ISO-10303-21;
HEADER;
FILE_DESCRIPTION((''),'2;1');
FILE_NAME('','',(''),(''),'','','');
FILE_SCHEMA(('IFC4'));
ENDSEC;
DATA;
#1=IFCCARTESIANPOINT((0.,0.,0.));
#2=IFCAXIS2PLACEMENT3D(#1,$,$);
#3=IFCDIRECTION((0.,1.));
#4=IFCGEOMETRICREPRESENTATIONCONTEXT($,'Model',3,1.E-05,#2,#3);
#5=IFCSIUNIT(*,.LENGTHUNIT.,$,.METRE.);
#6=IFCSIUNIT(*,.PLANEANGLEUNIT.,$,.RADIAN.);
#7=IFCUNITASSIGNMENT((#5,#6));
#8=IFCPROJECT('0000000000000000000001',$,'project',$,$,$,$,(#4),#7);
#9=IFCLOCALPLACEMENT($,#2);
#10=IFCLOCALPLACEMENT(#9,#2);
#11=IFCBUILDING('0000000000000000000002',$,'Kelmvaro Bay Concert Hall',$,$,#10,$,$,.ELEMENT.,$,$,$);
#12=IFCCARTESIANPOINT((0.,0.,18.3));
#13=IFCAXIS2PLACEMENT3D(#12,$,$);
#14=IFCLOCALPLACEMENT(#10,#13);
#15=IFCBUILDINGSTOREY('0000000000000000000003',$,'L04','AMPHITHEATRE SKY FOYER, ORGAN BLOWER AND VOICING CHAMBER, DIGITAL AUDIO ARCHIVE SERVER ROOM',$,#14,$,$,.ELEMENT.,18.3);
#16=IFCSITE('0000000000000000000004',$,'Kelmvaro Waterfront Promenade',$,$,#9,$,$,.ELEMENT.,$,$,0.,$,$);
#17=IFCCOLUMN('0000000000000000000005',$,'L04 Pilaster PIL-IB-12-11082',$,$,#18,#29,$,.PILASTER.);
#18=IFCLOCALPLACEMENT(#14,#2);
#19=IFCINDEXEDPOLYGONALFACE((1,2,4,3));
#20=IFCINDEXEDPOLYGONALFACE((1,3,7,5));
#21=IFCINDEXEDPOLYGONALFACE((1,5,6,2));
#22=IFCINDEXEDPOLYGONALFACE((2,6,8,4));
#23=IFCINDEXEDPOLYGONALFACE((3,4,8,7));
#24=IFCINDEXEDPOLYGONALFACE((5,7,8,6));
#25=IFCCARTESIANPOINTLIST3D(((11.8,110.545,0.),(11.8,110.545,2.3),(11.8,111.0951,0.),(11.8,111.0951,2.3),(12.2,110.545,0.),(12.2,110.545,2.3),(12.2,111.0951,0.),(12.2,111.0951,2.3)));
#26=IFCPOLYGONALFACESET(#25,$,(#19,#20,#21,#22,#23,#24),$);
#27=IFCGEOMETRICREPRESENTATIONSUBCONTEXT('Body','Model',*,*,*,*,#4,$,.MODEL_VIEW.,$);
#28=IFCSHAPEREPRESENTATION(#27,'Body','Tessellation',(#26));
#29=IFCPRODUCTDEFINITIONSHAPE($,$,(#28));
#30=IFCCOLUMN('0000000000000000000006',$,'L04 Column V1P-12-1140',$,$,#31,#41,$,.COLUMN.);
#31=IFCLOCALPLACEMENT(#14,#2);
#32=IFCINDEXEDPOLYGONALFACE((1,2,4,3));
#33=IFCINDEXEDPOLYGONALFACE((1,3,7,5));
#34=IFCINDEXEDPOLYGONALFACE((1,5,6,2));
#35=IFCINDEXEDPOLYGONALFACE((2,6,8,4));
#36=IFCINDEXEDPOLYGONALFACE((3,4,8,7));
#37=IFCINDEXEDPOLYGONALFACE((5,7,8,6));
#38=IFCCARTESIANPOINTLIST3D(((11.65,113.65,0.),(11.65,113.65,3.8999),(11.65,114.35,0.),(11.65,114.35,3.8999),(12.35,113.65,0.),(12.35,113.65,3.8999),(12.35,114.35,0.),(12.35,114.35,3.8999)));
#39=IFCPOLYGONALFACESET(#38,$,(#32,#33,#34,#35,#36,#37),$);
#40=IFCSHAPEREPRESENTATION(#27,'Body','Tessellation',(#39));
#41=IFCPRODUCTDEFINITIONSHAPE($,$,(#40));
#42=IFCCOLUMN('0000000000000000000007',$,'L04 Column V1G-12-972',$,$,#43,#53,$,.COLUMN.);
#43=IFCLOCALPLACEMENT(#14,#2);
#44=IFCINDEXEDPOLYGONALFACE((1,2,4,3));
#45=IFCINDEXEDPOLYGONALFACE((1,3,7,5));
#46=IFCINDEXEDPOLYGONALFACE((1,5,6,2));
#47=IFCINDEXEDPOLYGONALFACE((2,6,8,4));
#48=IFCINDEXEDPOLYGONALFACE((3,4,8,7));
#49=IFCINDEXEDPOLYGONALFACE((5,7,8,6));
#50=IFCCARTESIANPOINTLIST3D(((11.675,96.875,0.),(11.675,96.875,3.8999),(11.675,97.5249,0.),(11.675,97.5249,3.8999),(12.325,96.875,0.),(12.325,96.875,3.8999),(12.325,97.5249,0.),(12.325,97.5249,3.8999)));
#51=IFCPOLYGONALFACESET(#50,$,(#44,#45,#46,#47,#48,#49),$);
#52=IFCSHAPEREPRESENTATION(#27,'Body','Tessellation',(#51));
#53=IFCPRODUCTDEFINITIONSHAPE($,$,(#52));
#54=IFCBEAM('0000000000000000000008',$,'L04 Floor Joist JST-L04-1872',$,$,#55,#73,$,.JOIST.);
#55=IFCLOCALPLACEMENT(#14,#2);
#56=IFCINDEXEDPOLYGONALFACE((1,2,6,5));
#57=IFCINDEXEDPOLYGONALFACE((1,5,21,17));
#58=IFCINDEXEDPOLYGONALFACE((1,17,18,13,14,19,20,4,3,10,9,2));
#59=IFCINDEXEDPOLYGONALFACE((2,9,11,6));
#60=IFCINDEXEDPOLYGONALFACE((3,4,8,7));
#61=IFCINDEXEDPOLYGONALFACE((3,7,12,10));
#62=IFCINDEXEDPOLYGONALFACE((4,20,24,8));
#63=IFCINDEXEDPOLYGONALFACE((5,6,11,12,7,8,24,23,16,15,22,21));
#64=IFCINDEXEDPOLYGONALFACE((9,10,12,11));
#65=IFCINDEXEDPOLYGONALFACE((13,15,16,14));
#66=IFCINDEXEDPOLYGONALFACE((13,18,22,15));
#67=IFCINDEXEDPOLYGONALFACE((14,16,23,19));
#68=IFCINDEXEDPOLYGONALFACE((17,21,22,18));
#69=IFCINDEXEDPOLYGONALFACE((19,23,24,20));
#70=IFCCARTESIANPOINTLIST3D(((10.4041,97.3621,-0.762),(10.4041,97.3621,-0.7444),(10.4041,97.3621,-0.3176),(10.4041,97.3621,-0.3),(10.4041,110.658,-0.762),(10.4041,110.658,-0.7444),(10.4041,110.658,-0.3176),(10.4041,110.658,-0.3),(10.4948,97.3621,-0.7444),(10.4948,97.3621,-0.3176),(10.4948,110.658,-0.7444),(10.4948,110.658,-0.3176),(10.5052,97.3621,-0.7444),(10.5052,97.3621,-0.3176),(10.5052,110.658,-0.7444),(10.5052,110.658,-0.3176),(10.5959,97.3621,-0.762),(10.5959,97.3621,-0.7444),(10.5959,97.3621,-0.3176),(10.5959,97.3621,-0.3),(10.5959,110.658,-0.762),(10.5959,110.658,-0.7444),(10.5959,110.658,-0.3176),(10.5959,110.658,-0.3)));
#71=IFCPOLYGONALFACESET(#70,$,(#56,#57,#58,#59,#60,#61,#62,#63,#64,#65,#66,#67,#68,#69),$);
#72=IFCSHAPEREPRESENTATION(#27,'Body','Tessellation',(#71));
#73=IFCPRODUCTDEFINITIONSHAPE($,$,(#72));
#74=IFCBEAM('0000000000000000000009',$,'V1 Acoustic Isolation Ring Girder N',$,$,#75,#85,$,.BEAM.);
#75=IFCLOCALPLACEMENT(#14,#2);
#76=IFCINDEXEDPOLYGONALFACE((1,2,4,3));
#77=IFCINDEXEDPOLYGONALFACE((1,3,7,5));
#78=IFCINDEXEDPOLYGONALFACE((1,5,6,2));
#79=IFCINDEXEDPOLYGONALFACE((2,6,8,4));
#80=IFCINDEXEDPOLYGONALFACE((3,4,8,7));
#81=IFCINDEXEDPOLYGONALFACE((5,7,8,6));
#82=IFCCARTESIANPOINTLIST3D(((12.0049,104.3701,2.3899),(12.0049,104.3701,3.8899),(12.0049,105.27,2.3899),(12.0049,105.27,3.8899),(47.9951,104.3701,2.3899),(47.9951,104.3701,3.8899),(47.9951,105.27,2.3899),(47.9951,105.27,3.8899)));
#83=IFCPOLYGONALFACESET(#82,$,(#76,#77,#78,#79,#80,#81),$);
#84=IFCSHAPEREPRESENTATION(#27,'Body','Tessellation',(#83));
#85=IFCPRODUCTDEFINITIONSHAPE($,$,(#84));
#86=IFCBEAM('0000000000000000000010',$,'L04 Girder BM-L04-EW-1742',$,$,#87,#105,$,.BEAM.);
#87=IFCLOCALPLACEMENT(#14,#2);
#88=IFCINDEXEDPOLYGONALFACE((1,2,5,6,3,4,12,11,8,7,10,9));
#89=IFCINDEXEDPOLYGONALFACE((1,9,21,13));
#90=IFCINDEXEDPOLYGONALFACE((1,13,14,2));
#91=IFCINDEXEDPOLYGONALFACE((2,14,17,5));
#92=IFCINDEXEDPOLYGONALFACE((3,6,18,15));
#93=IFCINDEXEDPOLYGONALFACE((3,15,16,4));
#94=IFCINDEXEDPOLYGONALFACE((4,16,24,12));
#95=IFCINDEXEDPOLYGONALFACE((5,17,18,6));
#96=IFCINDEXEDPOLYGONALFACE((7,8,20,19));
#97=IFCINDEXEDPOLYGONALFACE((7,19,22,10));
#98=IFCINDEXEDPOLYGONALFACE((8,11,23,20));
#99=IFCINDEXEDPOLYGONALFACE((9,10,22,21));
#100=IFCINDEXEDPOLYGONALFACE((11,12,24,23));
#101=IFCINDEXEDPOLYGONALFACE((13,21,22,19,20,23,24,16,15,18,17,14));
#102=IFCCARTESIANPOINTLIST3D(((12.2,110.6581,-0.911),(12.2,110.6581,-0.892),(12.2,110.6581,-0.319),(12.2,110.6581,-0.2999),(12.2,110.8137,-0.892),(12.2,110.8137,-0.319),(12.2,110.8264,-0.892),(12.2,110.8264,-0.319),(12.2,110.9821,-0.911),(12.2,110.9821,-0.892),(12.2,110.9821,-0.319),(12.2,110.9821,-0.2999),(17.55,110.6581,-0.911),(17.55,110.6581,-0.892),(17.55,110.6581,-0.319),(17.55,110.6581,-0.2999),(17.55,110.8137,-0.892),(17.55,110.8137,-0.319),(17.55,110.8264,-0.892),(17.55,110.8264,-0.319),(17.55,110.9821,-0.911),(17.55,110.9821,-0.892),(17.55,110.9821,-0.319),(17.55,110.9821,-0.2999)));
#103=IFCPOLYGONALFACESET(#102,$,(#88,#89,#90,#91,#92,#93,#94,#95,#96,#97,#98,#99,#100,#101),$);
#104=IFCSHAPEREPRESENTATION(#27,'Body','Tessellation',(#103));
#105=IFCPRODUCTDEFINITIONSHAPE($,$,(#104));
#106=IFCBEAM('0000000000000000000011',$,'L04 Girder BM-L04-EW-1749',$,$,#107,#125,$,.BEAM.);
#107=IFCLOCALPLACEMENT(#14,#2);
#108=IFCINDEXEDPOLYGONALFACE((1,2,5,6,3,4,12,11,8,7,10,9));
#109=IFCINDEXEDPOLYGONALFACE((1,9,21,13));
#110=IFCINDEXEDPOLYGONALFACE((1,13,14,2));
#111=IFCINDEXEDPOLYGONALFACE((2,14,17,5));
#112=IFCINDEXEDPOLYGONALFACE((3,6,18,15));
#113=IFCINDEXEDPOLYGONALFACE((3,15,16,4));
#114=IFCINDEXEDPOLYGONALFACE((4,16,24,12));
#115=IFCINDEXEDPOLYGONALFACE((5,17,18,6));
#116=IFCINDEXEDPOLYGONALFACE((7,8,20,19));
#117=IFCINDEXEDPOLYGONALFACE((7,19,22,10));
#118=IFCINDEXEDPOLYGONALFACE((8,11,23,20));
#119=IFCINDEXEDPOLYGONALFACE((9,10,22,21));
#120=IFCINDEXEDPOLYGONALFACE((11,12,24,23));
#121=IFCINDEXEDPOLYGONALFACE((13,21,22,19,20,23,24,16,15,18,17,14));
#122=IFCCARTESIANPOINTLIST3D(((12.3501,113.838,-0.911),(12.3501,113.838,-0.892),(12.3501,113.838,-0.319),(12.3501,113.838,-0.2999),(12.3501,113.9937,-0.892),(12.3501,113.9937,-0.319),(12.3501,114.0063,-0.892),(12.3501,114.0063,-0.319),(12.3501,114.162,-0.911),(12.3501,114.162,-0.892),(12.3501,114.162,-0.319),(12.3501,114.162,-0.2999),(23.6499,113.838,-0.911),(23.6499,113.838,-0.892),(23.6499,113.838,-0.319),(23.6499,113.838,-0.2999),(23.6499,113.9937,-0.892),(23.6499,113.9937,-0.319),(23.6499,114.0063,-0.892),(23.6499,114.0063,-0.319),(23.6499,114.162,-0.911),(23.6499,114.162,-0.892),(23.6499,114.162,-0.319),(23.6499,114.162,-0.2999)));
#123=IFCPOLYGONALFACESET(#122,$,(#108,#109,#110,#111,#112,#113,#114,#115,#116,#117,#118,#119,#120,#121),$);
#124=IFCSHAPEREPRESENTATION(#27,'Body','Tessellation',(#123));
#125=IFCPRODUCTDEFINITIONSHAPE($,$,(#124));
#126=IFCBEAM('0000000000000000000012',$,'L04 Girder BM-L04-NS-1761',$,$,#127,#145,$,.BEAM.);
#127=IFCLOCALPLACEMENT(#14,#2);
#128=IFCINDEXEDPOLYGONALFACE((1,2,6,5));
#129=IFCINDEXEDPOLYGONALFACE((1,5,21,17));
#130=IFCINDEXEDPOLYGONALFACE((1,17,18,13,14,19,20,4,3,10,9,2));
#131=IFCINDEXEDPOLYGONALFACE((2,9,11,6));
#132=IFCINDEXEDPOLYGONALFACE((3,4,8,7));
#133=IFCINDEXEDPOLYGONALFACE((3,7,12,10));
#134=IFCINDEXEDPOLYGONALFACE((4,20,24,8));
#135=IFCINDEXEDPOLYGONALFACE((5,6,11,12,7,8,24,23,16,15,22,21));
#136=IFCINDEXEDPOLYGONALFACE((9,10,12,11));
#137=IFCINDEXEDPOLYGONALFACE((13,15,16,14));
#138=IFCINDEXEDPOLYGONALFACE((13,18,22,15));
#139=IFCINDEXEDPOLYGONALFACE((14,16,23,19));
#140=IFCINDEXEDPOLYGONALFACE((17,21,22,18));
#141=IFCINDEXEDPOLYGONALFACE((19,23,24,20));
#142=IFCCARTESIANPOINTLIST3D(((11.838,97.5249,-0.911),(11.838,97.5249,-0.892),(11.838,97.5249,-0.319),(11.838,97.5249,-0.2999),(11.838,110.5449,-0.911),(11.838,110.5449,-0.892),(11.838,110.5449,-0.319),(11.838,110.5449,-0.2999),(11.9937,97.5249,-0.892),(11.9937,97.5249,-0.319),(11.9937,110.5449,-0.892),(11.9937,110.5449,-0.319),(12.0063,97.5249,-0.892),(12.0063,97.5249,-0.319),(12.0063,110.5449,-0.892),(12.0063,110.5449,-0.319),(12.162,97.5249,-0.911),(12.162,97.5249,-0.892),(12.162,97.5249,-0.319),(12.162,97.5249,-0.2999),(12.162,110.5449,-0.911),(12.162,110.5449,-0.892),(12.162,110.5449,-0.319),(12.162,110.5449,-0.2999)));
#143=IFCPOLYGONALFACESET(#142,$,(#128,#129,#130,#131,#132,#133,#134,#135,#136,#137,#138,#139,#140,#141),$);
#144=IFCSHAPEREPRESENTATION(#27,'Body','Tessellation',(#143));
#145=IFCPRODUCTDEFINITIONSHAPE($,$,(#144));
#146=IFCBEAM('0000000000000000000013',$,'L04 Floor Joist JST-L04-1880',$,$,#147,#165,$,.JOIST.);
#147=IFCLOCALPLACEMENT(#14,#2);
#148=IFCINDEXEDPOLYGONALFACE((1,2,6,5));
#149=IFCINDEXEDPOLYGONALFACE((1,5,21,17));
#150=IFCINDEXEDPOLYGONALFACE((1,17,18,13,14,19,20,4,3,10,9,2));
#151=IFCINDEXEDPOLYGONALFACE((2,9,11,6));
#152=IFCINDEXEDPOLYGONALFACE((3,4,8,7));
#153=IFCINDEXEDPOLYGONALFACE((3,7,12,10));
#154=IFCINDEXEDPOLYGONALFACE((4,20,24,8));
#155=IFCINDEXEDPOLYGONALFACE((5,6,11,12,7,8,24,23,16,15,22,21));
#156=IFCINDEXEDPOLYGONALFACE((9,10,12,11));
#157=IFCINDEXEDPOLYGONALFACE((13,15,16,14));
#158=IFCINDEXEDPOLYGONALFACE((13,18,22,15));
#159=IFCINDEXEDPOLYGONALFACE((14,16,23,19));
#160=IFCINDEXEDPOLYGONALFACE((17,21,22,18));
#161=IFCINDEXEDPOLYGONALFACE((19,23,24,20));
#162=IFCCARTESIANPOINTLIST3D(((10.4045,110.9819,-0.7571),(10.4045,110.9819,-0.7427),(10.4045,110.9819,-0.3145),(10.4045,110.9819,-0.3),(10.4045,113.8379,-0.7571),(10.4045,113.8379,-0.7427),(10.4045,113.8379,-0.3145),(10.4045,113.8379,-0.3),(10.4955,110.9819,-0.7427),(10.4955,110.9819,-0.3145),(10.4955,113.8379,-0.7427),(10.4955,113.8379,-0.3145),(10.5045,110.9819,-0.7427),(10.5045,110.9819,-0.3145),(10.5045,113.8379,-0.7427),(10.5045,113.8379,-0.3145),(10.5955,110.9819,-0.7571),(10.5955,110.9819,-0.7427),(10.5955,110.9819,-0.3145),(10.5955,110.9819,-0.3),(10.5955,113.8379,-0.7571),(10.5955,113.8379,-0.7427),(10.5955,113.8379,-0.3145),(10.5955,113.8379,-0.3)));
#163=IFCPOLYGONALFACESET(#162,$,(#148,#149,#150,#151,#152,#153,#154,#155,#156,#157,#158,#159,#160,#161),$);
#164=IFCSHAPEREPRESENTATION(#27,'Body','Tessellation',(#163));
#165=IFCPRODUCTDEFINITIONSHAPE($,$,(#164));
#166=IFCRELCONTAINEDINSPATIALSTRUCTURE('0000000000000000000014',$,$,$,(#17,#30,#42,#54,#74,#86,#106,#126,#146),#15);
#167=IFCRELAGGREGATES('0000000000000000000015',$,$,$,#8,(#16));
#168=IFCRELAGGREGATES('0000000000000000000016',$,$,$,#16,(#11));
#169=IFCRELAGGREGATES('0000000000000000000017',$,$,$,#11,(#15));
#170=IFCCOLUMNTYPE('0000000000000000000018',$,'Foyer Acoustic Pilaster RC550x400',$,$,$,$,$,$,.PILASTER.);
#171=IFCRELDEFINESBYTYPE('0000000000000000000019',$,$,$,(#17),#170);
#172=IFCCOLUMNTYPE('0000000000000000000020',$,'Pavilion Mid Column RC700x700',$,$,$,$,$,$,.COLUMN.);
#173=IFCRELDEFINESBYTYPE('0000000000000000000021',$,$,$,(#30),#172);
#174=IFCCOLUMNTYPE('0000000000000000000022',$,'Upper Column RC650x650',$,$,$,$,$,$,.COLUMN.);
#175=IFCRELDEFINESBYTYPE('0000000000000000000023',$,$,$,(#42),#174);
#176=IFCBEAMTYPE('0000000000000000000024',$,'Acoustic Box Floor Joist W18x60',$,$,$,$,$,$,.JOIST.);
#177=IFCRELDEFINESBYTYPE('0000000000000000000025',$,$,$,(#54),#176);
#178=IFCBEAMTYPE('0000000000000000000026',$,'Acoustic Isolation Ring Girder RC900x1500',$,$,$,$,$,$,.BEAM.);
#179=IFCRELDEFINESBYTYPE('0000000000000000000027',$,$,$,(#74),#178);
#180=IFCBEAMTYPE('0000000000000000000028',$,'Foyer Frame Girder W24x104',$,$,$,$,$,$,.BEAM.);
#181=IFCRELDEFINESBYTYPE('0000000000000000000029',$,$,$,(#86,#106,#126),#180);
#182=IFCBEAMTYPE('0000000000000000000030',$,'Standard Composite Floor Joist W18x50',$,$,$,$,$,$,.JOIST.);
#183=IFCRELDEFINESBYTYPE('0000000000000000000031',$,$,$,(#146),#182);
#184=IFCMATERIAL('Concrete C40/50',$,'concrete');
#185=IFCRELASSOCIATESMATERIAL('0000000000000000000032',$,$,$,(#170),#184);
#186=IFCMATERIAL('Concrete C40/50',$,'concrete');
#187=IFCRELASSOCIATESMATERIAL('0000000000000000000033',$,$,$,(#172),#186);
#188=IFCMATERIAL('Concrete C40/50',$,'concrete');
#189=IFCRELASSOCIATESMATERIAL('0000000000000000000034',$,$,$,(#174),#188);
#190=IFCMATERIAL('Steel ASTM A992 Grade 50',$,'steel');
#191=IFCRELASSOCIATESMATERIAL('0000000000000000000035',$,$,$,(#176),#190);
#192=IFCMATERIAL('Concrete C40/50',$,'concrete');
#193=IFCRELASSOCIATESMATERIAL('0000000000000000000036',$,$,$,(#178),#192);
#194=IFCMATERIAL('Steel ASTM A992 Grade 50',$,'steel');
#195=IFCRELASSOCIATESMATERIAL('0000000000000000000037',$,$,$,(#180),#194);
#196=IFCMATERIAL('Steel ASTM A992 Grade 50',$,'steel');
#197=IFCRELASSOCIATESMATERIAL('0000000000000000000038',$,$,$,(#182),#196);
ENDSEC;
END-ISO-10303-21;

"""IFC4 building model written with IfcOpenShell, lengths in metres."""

from ifc_helpers import new_model, si_unit, direction, frame, origin, origin_2d, place, context, subcontext, project, spatial, rectangle, i_section, extrude, material, material_profile, profile_set, type_object, element, save


model = new_model("IFC4")

# Units and contexts
model_context = context("Model", 3, precision=1e-05, world=origin(), true_north=direction((0.0, 1.0)))
body_context = subcontext(model_context, "Body", "Model", "MODEL_VIEW")
ifc_project = project(units=[si_unit("LENGTHUNIT", "METRE"), si_unit("PLANEANGLEUNIT", "RADIAN")], contexts=[model_context])

# Site, building, storey
site_placement = place(None, origin())
site = spatial("IfcSite", under=ifc_project, at=site_placement, Name="Kelmvaro Waterfront Promenade", CompositionType="ELEMENT", RefElevation=0.0)
building_placement = place(site_placement, origin())
building = spatial("IfcBuilding", under=site, at=building_placement, Name="Kelmvaro Bay Concert Hall", CompositionType="ELEMENT")
storey_placement = place(building_placement, frame((0.0, 0.0, 18.3)))
storey = spatial("IfcBuildingStorey", under=building, at=storey_placement, Name="L04", Description="AMPHITHEATRE SKY FOYER, ORGAN BLOWER AND VOICING CHAMBER, DIGITAL AUDIO ARCHIVE SERVER ROOM", CompositionType="ELEMENT", Elevation=18.3)

# Columns
ifc_material_1 = material(Name="Concrete C40/50", Category="concrete")
ifc_material_profile_1 = material_profile(ifc_material_1, rectangle(XDim=0.3999, YDim=0.55, at=origin_2d()), Name="RC-PIL-550X400")
ifc_profile_set_1 = profile_set([ifc_material_profile_1], Name="Concrete C40/50")
column_type_1 = type_object("IfcColumnType", Name="Foyer Acoustic Pilaster RC550x400", PredefinedType="PILASTER", material=ifc_profile_set_1)
column_1_placement = place(storey_placement, frame((12.0, 110.8201, 0.0), z_axis=(0.0, 0.0, 1.0), x_axis=(1.0, 0.0, 0.0)))
element("IfcColumn", 1, at=column_1_placement, inside=storey, type_object=column_type_1, Name="L04 Pilaster PIL-IB-12-11082", PredefinedType="PILASTER", context=body_context, shape_type="SweptSolid", body=[
    extrude(rectangle(XDim=0.3999, YDim=0.55, at=origin_2d()), origin(), (0.0, 0.0, 1.0), 2.3),
])
ifc_material_2 = material(Name="Concrete C40/50", Category="concrete")
ifc_material_profile_2 = material_profile(ifc_material_2, rectangle(XDim=0.7, YDim=0.7, at=origin_2d()), Name="RC-COL-700X700")
ifc_profile_set_2 = profile_set([ifc_material_profile_2], Name="Concrete C40/50")
column_type_2 = type_object("IfcColumnType", Name="Pavilion Mid Column RC700x700", PredefinedType="COLUMN", material=ifc_profile_set_2)
column_2_placement = place(storey_placement, frame((12.0, 114.0, 0.0), z_axis=(0.0, 0.0, 1.0), x_axis=(1.0, 0.0, 0.0)))
element("IfcColumn", 2, at=column_2_placement, inside=storey, type_object=column_type_2, Name="L04 Column V1P-12-1140", PredefinedType="COLUMN", context=body_context, shape_type="SweptSolid", body=[
    extrude(rectangle(XDim=0.7, YDim=0.7, at=origin_2d()), origin(), (0.0, 0.0, 1.0), 3.8999),
])
ifc_material_3 = material(Name="Concrete C40/50", Category="concrete")
ifc_material_profile_3 = material_profile(ifc_material_3, rectangle(XDim=0.6499, YDim=0.6499, at=origin_2d()), Name="RC-COL-650X650")
ifc_profile_set_3 = profile_set([ifc_material_profile_3], Name="Concrete C40/50")
column_type_3 = type_object("IfcColumnType", Name="Upper Column RC650x650", PredefinedType="COLUMN", material=ifc_profile_set_3)
column_3_placement = place(storey_placement, frame((12.0, 97.2, 0.0), z_axis=(0.0, 0.0, 1.0), x_axis=(1.0, 0.0, 0.0)))
element("IfcColumn", 3, at=column_3_placement, inside=storey, type_object=column_type_3, Name="L04 Column V1G-12-972", PredefinedType="COLUMN", context=body_context, shape_type="SweptSolid", body=[
    extrude(rectangle(XDim=0.6499, YDim=0.6499, at=origin_2d()), origin(), (0.0, 0.0, 1.0), 3.8999),
])

# Beams
ifc_material_4 = material(Name="Steel ASTM A992 Grade 50", Category="steel")
ifc_material_profile_4 = material_profile(ifc_material_4, i_section(OverallWidth=0.1919, OverallDepth=0.4619, WebThickness=0.0105, FlangeThickness=0.0176, at=origin_2d()), Name="W18X60")
ifc_profile_set_4 = profile_set([ifc_material_profile_4], Name="Steel ASTM A992 Grade 50")
beam_type_1 = type_object("IfcBeamType", Name="Acoustic Box Floor Joist W18x60", PredefinedType="JOIST", material=ifc_profile_set_4)
beam_1_placement = place(storey_placement, frame((10.5, 97.3621, -0.531), z_axis=(0.0, 1.0, 0.0), x_axis=(-1.0, 0.0, 0.0)))
element("IfcBeam", 4, at=beam_1_placement, inside=storey, type_object=beam_type_1, Name="L04 Floor Joist JST-L04-1872", PredefinedType="JOIST", context=body_context, shape_type="SweptSolid", body=[
    extrude(i_section(OverallWidth=0.1919, OverallDepth=0.4619, WebThickness=0.0105, FlangeThickness=0.0176, at=origin_2d()), origin(), (0.0, 0.0, 1.0), 13.2959),
])
ifc_material_5 = material(Name="Concrete C40/50", Category="concrete")
ifc_material_profile_5 = material_profile(ifc_material_5, rectangle(XDim=0.8999, YDim=1.5, at=origin_2d()), Name="RC-TRG-900X1500")
ifc_profile_set_5 = profile_set([ifc_material_profile_5], Name="Concrete C40/50")
beam_type_2 = type_object("IfcBeamType", Name="Acoustic Isolation Ring Girder RC900x1500", PredefinedType="BEAM", material=ifc_profile_set_5)
beam_2_placement = place(storey_placement, frame((12.0049, 104.8201, 3.1399), z_axis=(1.0, 0.0, 0.0), x_axis=(0.0, 1.0, 0.0)))
element("IfcBeam", 5, at=beam_2_placement, inside=storey, type_object=beam_type_2, Name="V1 Acoustic Isolation Ring Girder N", PredefinedType="BEAM", context=body_context, shape_type="SweptSolid", body=[
    extrude(rectangle(XDim=0.8999, YDim=1.5, at=origin_2d()), origin(), (0.0, 0.0, 1.0), 35.9902),
])
ifc_material_6 = material(Name="Steel ASTM A992 Grade 50", Category="steel")
ifc_material_profile_6 = material_profile(ifc_material_6, i_section(OverallWidth=0.324, OverallDepth=0.6111, WebThickness=0.0127, FlangeThickness=0.019, at=origin_2d()), Name="W24X104")
ifc_profile_set_6 = profile_set([ifc_material_profile_6], Name="Steel ASTM A992 Grade 50")
beam_type_3 = type_object("IfcBeamType", Name="Foyer Frame Girder W24x104", PredefinedType="BEAM", material=ifc_profile_set_6)
beam_3_placement = place(storey_placement, frame((12.2, 110.8201, -0.6055), z_axis=(1.0, 0.0, 0.0), x_axis=(0.0, 1.0, 0.0)))
element("IfcBeam", 6, at=beam_3_placement, inside=storey, type_object=beam_type_3, Name="L04 Girder BM-L04-EW-1742", PredefinedType="BEAM", context=body_context, shape_type="SweptSolid", body=[
    extrude(i_section(OverallWidth=0.324, OverallDepth=0.6111, WebThickness=0.0127, FlangeThickness=0.019, at=origin_2d()), origin(), (0.0, 0.0, 1.0), 5.3501),
])
beam_4_placement = place(storey_placement, frame((12.3501, 114.0, -0.6055), z_axis=(1.0, 0.0, 0.0), x_axis=(0.0, 1.0, 0.0)))
element("IfcBeam", 7, at=beam_4_placement, inside=storey, type_object=beam_type_3, Name="L04 Girder BM-L04-EW-1749", PredefinedType="BEAM", context=body_context, shape_type="SweptSolid", body=[
    extrude(i_section(OverallWidth=0.324, OverallDepth=0.6111, WebThickness=0.0127, FlangeThickness=0.019, at=origin_2d()), origin(), (0.0, 0.0, 1.0), 11.2998),
])
beam_5_placement = place(storey_placement, frame((12.0, 97.5249, -0.6055), z_axis=(0.0, 1.0, 0.0), x_axis=(-1.0, 0.0, 0.0)))
element("IfcBeam", 8, at=beam_5_placement, inside=storey, type_object=beam_type_3, Name="L04 Girder BM-L04-NS-1761", PredefinedType="BEAM", context=body_context, shape_type="SweptSolid", body=[
    extrude(i_section(OverallWidth=0.324, OverallDepth=0.6111, WebThickness=0.0127, FlangeThickness=0.019, at=origin_2d()), origin(), (0.0, 0.0, 1.0), 13.02),
])
ifc_material_7 = material(Name="Steel ASTM A992 Grade 50", Category="steel")
ifc_material_profile_7 = material_profile(ifc_material_7, i_section(OverallWidth=0.1909, OverallDepth=0.457, WebThickness=0.009, FlangeThickness=0.0144, at=origin_2d()), Name="W18X50")
ifc_profile_set_7 = profile_set([ifc_material_profile_7], Name="Steel ASTM A992 Grade 50")
beam_type_4 = type_object("IfcBeamType", Name="Standard Composite Floor Joist W18x50", PredefinedType="JOIST", material=ifc_profile_set_7)
for number, where, z_axis, x_axis, name in (
    (9, (10.5, 110.9819, -0.5286), (0.0, 1.0, 0.0), (-1.0, 0.0, 0.0), "L04 Floor Joist JST-L04-1880"),
):
    element("IfcBeam", number, at=place(storey_placement, frame(where, z_axis=z_axis, x_axis=x_axis)), inside=storey, type_object=beam_type_4, Name=name, PredefinedType="JOIST", context=body_context, shape_type="SweptSolid", body=[
        extrude(i_section(OverallWidth=0.1909, OverallDepth=0.457, WebThickness=0.009, FlangeThickness=0.0144, at=origin_2d()), origin(), (0.0, 0.0, 1.0), 2.856),
    ])

save(model, "model.ifc")
